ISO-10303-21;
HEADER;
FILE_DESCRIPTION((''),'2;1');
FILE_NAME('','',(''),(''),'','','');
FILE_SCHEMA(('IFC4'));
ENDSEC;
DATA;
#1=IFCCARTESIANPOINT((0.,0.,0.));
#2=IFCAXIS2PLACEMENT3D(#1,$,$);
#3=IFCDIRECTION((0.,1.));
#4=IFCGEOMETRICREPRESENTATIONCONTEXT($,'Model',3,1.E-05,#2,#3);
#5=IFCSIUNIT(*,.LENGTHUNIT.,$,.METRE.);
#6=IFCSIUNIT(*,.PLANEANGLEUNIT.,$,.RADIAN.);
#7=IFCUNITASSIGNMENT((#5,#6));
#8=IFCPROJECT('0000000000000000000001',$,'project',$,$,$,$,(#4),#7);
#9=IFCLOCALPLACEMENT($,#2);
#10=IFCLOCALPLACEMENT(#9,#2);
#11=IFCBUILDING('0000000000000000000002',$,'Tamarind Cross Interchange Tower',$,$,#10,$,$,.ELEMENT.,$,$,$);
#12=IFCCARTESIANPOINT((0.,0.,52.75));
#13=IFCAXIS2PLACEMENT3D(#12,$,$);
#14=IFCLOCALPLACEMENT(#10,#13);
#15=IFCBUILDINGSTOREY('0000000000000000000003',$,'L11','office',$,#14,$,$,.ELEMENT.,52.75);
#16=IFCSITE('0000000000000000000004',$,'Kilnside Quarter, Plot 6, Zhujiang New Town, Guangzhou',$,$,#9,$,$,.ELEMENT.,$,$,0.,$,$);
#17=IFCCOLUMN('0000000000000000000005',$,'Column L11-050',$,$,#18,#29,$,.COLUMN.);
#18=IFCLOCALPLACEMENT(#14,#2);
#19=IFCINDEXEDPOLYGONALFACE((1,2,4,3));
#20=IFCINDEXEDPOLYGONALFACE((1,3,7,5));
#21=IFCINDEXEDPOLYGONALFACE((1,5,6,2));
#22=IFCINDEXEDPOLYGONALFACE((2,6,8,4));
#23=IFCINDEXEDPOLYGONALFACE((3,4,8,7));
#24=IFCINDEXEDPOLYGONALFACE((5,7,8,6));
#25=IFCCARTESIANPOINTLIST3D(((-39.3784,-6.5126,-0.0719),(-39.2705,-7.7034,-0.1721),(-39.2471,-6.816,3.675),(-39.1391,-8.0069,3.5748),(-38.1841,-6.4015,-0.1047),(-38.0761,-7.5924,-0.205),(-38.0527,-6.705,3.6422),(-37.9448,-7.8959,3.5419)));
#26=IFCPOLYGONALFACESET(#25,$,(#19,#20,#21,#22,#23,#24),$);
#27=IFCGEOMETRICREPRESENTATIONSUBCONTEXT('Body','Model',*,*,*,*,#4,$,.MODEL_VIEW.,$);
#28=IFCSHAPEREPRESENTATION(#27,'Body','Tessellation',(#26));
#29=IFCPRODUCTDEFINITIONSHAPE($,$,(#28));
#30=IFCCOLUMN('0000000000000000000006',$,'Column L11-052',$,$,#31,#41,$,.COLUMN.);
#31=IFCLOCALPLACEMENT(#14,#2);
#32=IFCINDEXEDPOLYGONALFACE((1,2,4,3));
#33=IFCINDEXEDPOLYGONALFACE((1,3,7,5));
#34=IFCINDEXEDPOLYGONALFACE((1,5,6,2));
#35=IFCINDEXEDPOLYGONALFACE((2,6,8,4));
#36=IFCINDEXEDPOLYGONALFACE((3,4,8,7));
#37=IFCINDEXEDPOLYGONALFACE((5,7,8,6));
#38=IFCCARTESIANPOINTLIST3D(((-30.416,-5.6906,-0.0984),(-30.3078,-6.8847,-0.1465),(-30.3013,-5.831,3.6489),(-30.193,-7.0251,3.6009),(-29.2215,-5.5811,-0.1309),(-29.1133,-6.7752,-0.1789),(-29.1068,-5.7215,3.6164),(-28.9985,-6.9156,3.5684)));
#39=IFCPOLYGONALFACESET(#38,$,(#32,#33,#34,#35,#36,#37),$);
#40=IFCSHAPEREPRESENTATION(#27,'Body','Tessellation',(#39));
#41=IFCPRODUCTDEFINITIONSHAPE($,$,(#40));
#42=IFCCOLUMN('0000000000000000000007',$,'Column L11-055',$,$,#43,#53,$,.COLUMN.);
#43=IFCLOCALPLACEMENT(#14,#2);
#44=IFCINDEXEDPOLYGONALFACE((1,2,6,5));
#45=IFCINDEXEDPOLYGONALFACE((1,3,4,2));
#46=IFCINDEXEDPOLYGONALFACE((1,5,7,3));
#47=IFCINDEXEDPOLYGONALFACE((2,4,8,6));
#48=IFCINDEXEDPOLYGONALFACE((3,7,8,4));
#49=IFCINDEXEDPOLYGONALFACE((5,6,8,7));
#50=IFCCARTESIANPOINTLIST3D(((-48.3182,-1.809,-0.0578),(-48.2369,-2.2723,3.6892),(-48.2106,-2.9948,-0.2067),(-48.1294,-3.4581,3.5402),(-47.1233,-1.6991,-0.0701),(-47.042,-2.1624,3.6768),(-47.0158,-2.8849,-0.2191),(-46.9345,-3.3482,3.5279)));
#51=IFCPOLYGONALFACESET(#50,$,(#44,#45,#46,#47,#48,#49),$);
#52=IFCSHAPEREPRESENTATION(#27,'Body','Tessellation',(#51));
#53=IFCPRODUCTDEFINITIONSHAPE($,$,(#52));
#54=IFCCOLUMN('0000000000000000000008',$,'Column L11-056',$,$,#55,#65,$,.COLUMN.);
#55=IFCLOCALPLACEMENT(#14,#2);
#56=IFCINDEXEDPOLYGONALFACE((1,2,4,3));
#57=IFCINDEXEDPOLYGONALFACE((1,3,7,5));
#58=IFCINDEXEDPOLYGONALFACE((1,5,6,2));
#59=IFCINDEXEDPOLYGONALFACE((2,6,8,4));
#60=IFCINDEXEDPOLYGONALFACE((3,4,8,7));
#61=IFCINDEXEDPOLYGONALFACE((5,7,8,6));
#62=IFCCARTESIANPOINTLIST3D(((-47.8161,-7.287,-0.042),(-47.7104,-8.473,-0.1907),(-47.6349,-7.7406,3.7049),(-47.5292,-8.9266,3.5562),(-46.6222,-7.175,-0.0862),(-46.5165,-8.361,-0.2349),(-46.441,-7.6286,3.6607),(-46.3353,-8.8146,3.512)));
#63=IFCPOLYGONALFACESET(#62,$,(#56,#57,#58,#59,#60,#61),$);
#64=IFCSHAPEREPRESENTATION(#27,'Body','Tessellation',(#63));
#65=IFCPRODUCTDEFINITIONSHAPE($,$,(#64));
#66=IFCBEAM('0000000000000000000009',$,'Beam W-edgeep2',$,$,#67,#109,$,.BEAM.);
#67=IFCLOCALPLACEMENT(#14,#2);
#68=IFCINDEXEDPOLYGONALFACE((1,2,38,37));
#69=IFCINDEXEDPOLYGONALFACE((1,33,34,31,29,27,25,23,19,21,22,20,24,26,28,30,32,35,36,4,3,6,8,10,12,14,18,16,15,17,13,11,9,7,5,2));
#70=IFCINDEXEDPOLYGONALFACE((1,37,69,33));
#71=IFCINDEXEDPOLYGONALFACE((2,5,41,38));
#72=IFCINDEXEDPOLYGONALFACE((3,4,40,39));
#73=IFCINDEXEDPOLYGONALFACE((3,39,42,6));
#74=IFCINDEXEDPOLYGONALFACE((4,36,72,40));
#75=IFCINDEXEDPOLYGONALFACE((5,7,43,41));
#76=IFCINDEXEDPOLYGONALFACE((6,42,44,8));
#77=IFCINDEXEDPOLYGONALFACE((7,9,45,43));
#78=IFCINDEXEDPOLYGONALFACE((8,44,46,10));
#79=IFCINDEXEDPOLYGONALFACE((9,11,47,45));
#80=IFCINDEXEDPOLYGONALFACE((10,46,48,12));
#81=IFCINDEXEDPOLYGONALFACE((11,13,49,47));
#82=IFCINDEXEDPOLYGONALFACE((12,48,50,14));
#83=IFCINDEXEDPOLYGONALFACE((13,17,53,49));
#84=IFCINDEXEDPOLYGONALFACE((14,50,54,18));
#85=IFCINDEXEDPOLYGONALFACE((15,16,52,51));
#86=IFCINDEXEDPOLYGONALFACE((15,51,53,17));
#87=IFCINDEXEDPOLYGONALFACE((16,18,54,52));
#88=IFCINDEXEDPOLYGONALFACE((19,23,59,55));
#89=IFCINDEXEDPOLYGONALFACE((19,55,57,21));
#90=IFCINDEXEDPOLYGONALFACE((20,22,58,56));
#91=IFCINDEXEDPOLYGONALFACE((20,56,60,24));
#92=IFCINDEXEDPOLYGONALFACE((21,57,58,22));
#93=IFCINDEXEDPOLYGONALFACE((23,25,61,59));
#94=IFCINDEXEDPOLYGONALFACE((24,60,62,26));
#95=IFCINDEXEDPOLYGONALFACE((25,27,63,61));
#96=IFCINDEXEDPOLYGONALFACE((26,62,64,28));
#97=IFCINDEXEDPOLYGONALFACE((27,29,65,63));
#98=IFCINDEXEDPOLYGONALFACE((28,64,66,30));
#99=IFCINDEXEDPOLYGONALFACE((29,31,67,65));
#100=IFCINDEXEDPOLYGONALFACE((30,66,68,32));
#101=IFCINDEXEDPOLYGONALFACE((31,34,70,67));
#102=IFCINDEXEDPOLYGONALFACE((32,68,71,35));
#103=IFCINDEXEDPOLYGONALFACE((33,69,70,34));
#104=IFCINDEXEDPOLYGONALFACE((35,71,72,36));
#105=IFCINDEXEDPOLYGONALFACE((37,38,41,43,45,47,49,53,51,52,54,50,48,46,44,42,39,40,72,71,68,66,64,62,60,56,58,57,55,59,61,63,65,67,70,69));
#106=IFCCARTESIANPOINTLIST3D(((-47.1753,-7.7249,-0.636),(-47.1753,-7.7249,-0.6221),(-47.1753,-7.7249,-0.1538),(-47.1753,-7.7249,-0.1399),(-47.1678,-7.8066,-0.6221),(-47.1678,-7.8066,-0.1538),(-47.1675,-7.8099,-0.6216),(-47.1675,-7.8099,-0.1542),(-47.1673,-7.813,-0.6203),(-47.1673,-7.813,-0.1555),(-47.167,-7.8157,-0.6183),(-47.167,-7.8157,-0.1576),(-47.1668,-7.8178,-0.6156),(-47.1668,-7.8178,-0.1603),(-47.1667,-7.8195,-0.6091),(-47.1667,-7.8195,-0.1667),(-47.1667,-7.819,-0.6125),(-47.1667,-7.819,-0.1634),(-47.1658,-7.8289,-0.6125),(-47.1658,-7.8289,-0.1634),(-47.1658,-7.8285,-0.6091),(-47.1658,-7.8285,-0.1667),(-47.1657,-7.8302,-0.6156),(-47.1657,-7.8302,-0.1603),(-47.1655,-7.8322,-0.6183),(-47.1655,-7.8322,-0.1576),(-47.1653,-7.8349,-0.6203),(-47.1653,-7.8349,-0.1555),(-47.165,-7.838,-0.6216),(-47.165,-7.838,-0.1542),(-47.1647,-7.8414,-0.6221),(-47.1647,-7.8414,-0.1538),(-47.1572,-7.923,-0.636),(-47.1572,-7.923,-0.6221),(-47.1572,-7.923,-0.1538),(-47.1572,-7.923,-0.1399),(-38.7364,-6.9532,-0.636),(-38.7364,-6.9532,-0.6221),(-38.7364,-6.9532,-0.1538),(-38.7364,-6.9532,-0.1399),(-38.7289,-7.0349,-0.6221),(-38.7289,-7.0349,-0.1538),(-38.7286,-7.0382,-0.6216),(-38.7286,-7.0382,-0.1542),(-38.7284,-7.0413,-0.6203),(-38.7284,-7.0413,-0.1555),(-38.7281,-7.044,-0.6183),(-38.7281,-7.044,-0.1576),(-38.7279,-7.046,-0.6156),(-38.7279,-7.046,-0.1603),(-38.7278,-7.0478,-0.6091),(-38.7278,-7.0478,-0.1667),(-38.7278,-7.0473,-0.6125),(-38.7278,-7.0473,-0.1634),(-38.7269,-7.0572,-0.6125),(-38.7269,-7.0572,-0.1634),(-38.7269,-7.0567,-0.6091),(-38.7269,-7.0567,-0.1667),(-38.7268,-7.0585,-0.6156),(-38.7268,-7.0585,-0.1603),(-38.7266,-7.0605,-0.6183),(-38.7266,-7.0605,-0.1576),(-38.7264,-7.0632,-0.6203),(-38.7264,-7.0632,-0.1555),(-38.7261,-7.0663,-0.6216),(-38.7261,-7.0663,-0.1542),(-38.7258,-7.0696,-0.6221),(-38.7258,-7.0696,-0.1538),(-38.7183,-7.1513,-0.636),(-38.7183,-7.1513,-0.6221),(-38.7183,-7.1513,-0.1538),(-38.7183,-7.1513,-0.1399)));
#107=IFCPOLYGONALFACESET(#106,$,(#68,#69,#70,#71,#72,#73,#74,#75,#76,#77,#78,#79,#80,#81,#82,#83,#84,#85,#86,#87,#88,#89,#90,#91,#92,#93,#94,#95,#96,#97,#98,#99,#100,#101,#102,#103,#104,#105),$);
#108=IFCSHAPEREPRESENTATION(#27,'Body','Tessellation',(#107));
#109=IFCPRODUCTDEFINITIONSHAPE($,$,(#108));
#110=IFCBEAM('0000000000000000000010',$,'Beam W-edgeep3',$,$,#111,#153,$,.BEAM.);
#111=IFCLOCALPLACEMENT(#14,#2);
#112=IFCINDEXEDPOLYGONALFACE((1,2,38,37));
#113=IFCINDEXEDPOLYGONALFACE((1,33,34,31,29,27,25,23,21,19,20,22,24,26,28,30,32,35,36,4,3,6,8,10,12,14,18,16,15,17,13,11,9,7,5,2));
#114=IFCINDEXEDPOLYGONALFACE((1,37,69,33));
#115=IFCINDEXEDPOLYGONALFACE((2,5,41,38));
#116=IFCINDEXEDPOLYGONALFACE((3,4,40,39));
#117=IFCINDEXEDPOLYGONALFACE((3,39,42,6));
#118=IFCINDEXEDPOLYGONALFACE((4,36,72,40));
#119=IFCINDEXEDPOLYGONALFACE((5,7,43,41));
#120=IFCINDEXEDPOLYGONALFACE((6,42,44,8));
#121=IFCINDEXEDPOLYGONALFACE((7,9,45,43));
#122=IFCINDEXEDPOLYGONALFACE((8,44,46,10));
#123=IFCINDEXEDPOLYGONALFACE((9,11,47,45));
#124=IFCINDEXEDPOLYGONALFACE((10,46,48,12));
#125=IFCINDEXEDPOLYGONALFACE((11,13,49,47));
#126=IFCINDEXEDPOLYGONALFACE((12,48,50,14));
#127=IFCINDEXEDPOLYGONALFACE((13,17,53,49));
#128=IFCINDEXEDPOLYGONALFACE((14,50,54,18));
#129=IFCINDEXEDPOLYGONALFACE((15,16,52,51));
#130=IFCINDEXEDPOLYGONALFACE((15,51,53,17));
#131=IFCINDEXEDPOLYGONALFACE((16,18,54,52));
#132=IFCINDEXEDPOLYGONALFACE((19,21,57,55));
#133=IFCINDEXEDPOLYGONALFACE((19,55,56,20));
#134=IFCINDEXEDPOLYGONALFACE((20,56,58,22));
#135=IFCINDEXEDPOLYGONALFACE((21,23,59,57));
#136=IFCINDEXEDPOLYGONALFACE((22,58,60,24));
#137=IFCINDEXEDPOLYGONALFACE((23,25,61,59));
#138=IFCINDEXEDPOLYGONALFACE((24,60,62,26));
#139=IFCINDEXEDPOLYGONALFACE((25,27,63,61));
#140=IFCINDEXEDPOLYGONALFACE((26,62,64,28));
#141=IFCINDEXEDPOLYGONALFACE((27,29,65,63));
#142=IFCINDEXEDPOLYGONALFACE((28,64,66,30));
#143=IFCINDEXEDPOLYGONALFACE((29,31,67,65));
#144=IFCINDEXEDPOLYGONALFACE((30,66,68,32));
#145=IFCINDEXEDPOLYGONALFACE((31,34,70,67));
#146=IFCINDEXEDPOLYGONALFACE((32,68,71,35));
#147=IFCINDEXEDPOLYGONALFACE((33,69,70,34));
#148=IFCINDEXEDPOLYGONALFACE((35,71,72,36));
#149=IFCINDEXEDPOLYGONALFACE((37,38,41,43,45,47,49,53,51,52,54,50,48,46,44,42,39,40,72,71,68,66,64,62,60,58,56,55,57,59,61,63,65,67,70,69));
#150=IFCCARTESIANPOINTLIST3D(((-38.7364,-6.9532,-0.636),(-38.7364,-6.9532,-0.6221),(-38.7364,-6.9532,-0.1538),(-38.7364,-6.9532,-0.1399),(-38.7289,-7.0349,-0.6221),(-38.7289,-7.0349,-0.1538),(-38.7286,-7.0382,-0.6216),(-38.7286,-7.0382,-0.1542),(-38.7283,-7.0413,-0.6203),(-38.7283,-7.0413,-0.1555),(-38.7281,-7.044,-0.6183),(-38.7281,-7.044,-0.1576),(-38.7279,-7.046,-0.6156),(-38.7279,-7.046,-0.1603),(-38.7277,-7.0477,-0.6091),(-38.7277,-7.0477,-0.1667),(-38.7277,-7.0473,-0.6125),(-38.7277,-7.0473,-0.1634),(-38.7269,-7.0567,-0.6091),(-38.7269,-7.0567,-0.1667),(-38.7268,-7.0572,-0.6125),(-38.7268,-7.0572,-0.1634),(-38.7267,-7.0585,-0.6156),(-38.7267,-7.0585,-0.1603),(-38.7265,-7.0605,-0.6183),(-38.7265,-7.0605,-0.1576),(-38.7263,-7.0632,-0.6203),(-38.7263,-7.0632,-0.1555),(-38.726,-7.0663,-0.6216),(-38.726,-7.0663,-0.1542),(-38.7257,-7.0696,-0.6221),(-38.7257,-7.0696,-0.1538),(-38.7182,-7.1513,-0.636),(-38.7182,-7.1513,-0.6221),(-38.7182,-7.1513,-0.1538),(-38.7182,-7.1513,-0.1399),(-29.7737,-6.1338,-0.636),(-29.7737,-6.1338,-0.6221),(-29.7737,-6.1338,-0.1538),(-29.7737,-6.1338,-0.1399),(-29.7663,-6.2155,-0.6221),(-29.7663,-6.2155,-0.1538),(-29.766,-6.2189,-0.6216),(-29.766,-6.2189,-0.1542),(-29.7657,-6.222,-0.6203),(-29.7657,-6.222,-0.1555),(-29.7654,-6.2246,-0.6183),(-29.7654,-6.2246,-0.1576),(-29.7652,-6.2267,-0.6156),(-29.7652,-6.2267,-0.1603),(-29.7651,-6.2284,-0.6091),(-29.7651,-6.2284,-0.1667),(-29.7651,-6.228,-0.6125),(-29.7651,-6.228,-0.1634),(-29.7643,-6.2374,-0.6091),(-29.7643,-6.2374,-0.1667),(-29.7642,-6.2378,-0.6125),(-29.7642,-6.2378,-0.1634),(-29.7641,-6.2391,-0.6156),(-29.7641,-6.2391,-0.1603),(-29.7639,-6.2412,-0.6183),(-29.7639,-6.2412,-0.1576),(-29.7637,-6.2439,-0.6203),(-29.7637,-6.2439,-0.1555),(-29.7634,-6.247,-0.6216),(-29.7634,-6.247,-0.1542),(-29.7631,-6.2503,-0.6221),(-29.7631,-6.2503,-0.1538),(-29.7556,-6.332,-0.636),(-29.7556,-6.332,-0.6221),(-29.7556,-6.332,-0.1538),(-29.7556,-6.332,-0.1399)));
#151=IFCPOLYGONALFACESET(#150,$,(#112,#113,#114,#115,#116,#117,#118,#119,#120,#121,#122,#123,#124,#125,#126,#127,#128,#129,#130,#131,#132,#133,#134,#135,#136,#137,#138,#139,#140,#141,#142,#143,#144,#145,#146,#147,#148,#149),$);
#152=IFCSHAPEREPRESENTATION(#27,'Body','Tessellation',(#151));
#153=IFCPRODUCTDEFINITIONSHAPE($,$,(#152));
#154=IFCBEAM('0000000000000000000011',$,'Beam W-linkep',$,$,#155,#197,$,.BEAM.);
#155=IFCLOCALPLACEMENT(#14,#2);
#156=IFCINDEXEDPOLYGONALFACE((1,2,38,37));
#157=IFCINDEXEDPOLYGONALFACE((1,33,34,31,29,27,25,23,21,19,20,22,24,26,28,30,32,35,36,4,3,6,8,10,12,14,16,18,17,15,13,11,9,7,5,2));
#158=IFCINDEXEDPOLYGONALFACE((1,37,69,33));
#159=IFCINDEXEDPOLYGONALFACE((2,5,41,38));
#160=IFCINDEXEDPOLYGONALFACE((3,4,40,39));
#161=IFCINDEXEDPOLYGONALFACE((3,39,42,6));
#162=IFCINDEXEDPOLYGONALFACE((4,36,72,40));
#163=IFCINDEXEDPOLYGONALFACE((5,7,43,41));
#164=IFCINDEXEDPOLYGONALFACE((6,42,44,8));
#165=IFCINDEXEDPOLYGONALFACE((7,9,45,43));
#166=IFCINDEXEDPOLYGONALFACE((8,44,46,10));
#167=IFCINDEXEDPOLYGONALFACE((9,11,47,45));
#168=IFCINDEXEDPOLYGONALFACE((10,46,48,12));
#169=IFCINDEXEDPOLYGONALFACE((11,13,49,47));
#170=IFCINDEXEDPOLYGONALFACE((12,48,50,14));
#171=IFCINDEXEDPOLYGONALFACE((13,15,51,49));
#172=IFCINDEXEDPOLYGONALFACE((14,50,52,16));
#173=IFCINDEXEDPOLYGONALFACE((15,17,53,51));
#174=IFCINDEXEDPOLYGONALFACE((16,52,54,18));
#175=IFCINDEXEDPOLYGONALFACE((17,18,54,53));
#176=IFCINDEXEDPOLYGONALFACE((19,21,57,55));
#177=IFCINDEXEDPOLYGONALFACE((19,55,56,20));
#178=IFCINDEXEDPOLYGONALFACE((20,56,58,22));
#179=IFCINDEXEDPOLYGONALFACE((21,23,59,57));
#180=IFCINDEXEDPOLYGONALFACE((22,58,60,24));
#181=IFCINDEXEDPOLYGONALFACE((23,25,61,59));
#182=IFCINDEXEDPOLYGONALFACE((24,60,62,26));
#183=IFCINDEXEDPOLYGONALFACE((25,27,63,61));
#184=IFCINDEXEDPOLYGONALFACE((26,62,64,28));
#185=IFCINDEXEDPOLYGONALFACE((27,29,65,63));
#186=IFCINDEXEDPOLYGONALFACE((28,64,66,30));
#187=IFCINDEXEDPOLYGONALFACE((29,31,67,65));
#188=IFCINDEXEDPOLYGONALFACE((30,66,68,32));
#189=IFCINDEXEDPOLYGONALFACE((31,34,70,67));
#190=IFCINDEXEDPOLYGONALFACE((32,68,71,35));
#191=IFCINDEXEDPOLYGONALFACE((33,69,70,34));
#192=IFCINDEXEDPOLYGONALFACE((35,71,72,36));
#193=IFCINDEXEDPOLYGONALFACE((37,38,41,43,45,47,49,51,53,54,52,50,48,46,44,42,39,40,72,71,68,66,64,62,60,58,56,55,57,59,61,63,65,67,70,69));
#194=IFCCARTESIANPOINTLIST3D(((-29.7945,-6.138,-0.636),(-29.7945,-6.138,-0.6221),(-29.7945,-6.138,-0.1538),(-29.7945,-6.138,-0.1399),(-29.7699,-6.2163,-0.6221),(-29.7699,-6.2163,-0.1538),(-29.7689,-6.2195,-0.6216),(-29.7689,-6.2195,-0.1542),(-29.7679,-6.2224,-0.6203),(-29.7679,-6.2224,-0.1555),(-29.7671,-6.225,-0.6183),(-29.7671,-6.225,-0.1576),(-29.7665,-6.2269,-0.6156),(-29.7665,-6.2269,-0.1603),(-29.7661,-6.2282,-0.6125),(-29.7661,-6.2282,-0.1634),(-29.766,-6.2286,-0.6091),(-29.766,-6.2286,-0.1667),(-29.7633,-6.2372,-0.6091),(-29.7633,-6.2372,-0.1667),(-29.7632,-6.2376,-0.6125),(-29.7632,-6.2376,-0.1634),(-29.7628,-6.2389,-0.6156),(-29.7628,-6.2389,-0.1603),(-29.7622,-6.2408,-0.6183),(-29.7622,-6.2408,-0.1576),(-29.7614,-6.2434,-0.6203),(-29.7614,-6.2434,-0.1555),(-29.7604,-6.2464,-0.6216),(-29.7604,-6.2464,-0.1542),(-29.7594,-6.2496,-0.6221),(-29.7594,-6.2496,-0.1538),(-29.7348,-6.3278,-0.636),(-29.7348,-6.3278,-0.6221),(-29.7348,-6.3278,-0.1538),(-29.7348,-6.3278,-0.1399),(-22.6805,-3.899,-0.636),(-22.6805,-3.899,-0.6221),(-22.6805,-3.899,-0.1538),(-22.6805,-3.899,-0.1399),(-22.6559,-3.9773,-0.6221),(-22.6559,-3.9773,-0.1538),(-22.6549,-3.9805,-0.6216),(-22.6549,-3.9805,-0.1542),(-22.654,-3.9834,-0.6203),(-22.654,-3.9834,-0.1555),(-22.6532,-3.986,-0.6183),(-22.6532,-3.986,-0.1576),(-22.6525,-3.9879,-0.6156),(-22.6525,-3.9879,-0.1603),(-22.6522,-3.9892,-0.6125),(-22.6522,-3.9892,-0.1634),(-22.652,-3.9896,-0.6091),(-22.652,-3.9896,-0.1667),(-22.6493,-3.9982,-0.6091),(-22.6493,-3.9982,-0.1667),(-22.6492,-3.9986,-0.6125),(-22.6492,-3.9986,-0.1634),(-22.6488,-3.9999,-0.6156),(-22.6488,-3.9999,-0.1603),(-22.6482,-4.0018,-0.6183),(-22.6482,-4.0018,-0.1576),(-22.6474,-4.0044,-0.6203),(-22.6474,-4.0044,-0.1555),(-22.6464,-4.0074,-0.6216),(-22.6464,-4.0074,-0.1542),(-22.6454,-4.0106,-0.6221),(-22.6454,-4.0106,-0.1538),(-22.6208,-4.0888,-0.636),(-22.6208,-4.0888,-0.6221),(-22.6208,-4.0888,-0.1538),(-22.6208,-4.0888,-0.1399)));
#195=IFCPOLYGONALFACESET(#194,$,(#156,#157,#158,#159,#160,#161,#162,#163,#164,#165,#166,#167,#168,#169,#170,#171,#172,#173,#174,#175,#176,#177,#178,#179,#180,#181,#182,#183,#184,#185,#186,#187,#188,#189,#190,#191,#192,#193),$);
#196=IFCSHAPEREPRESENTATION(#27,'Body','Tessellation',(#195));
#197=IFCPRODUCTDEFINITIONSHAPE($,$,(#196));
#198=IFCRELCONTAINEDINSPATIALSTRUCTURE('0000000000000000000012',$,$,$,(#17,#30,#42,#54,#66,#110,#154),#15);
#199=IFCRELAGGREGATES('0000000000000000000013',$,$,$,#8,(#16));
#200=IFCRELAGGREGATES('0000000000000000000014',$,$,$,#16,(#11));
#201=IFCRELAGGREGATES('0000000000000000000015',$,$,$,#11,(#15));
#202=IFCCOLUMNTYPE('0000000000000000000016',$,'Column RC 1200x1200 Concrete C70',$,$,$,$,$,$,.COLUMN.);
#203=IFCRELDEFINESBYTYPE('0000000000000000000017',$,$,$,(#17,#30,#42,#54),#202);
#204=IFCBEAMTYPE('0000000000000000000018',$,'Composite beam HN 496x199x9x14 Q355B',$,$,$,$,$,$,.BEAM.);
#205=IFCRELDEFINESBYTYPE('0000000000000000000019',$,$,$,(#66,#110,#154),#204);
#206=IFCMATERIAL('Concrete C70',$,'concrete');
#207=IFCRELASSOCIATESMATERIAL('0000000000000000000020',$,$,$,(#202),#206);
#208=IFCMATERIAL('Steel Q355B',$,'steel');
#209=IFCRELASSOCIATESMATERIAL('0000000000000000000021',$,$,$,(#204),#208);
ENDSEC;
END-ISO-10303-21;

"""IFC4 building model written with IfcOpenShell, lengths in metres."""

from ifc_helpers import new_model, si_unit, direction, frame, origin, origin_2d, place, context, subcontext, project, spatial, rectangle, i_section, extrude, material, material_profile, profile_set, type_object, element, save


model = new_model("IFC4")

# Units and contexts
model_context = context("Model", 3, precision=1e-05, world=origin(), true_north=direction((0.0, 1.0)))
body_context = subcontext(model_context, "Body", "Model", "MODEL_VIEW")
ifc_project = project(units=[si_unit("LENGTHUNIT", "METRE"), si_unit("PLANEANGLEUNIT", "RADIAN")], contexts=[model_context])

# Site, building, storey
site_placement = place(None, origin())
site = spatial("IfcSite", under=ifc_project, at=site_placement, Name="Kilnside Quarter, Plot 6, Zhujiang New Town, Guangzhou", CompositionType="ELEMENT", RefElevation=0.0)
building_placement = place(site_placement, origin())
building = spatial("IfcBuilding", under=site, at=building_placement, Name="Tamarind Cross Interchange Tower", CompositionType="ELEMENT")
storey_placement = place(building_placement, frame((0.0, 0.0, 52.75)))
storey = spatial("IfcBuildingStorey", under=building, at=storey_placement, Name="L11", Description="office", CompositionType="ELEMENT", Elevation=52.75)

# Columns
ifc_material_1 = material(Name="Concrete C70", Category="concrete")
ifc_material_profile_1 = material_profile(ifc_material_1, rectangle(XDim=1.2, YDim=1.2, at=origin_2d()), Name="RC 1200x1200")
ifc_profile_set_1 = profile_set([ifc_material_profile_1], Name="Concrete C70")
column_type = type_object("IfcColumnType", Name="Column RC 1200x1200 Concrete C70", PredefinedType="COLUMN", material=ifc_profile_set_1)
column_1_placement = place(storey_placement, frame((-38.7273, -7.0525, -0.1384), z_axis=(0.03492, -0.080679, 0.996128), x_axis=(-0.089958, 0.992436, 0.083534)))
element("IfcColumn", 1, at=column_1_placement, inside=storey, type_object=column_type, Name="Column L11-050", PredefinedType="COLUMN", context=body_context, shape_type="SweptSolid", body=[
    extrude(rectangle(XDim=1.2, YDim=1.2, at=origin_2d()), origin(), (0.0, 0.0, 1.0), 3.7615),
])
column_2_placement = place(storey_placement, frame((-29.7646, -6.2329, -0.1387), z_axis=(0.030585, -0.037418, 0.998832), x_axis=(-0.090183, 0.99512, 0.04004)))
element("IfcColumn", 2, at=column_2_placement, inside=storey, type_object=column_type, Name="Column L11-052", PredefinedType="COLUMN", context=body_context, shape_type="SweptSolid", body=[
    extrude(rectangle(XDim=1.2, YDim=1.2, at=origin_2d()), origin(), (0.0, 0.0, 1.0), 3.7517),
])
column_3_placement = place(storey_placement, frame((-47.667, -2.3469, -0.1384), z_axis=(0.021528, -0.122701, 0.99221), x_axis=(-0.089614, 0.988208, 0.12415)))
element("IfcColumn", 3, at=column_3_placement, inside=storey, type_object=column_type, Name="Column L11-055", PredefinedType="COLUMN", context=body_context, shape_type="SweptSolid", body=[
    extrude(rectangle(XDim=1.2, YDim=1.2, at=origin_2d()), origin(), (0.0, 0.0, 1.0), 3.7764),
])
column_4_placement = place(storey_placement, frame((-47.1663, -7.824, -0.1384), z_axis=(0.047943, -0.12005, 0.99161), x_axis=(-0.088097, 0.988374, 0.123918)))
element("IfcColumn", 4, at=column_4_placement, inside=storey, type_object=column_type, Name="Column L11-056", PredefinedType="COLUMN", context=body_context, shape_type="SweptSolid", body=[
    extrude(rectangle(XDim=1.2, YDim=1.2, at=origin_2d()), origin(), (0.0, 0.0, 1.0), 3.7786),
])

# Beams
ifc_material_2 = material(Name="Steel Q355B", Category="steel")
ifc_material_profile_2 = material_profile(ifc_material_2, i_section(OverallWidth=0.199, OverallDepth=0.4961, WebThickness=0.009, FlangeThickness=0.0139, FilletRadius=0.0129, at=origin_2d()), Name="HN 496x199x9x14")
ifc_profile_set_2 = profile_set([ifc_material_profile_2], Name="Steel Q355B")
beam_type_1 = type_object("IfcBeamType", Name="Composite beam HN 496x199x9x14 Q355B", PredefinedType="BEAM", material=ifc_profile_set_2)
beam_1_placement = place(storey_placement, frame((-47.1663, -7.824, -0.3879), z_axis=(0.995845, 0.091068, 0.0), x_axis=(-0.091068, 0.995845, 0.0)))
element("IfcBeam", 5, at=beam_1_placement, inside=storey, type_object=beam_type_1, Name="Beam W-edgeep2", PredefinedType="BEAM", context=body_context, shape_type="SweptSolid", body=[
    extrude(i_section(OverallWidth=0.199, OverallDepth=0.4961, WebThickness=0.009, FlangeThickness=0.0139, FilletRadius=0.0129, at=origin_2d()), origin(), (0.0, 0.0, 1.0), 8.4741),
])
beam_2_placement = place(storey_placement, frame((-38.7273, -7.0522, -0.3879), z_axis=(0.995847, 0.091037, 0.0), x_axis=(-0.091037, 0.995847, 0.0)))
element("IfcBeam", 6, at=beam_2_placement, inside=storey, type_object=beam_type_1, Name="Beam W-edgeep3", PredefinedType="BEAM", context=body_context, shape_type="SweptSolid", body=[
    extrude(i_section(OverallWidth=0.199, OverallDepth=0.4961, WebThickness=0.009, FlangeThickness=0.0139, FilletRadius=0.0129, at=origin_2d()), origin(), (0.0, 0.0, 1.0), 9.0),
])
beam_3_placement = place(storey_placement, frame((-29.7646, -6.2329, -0.3879), z_axis=(0.953872, 0.300215, 0.0), x_axis=(-0.300215, 0.953872, 0.0)))
element("IfcBeam", 7, at=beam_3_placement, inside=storey, type_object=beam_type_1, Name="Beam W-linkep", PredefinedType="BEAM", context=body_context, shape_type="SweptSolid", body=[
    extrude(i_section(OverallWidth=0.199, OverallDepth=0.4961, WebThickness=0.009, FlangeThickness=0.0139, FilletRadius=0.0129, at=origin_2d()), origin(), (0.0, 0.0, 1.0), 7.458),
])

save(model, "model.ifc")
